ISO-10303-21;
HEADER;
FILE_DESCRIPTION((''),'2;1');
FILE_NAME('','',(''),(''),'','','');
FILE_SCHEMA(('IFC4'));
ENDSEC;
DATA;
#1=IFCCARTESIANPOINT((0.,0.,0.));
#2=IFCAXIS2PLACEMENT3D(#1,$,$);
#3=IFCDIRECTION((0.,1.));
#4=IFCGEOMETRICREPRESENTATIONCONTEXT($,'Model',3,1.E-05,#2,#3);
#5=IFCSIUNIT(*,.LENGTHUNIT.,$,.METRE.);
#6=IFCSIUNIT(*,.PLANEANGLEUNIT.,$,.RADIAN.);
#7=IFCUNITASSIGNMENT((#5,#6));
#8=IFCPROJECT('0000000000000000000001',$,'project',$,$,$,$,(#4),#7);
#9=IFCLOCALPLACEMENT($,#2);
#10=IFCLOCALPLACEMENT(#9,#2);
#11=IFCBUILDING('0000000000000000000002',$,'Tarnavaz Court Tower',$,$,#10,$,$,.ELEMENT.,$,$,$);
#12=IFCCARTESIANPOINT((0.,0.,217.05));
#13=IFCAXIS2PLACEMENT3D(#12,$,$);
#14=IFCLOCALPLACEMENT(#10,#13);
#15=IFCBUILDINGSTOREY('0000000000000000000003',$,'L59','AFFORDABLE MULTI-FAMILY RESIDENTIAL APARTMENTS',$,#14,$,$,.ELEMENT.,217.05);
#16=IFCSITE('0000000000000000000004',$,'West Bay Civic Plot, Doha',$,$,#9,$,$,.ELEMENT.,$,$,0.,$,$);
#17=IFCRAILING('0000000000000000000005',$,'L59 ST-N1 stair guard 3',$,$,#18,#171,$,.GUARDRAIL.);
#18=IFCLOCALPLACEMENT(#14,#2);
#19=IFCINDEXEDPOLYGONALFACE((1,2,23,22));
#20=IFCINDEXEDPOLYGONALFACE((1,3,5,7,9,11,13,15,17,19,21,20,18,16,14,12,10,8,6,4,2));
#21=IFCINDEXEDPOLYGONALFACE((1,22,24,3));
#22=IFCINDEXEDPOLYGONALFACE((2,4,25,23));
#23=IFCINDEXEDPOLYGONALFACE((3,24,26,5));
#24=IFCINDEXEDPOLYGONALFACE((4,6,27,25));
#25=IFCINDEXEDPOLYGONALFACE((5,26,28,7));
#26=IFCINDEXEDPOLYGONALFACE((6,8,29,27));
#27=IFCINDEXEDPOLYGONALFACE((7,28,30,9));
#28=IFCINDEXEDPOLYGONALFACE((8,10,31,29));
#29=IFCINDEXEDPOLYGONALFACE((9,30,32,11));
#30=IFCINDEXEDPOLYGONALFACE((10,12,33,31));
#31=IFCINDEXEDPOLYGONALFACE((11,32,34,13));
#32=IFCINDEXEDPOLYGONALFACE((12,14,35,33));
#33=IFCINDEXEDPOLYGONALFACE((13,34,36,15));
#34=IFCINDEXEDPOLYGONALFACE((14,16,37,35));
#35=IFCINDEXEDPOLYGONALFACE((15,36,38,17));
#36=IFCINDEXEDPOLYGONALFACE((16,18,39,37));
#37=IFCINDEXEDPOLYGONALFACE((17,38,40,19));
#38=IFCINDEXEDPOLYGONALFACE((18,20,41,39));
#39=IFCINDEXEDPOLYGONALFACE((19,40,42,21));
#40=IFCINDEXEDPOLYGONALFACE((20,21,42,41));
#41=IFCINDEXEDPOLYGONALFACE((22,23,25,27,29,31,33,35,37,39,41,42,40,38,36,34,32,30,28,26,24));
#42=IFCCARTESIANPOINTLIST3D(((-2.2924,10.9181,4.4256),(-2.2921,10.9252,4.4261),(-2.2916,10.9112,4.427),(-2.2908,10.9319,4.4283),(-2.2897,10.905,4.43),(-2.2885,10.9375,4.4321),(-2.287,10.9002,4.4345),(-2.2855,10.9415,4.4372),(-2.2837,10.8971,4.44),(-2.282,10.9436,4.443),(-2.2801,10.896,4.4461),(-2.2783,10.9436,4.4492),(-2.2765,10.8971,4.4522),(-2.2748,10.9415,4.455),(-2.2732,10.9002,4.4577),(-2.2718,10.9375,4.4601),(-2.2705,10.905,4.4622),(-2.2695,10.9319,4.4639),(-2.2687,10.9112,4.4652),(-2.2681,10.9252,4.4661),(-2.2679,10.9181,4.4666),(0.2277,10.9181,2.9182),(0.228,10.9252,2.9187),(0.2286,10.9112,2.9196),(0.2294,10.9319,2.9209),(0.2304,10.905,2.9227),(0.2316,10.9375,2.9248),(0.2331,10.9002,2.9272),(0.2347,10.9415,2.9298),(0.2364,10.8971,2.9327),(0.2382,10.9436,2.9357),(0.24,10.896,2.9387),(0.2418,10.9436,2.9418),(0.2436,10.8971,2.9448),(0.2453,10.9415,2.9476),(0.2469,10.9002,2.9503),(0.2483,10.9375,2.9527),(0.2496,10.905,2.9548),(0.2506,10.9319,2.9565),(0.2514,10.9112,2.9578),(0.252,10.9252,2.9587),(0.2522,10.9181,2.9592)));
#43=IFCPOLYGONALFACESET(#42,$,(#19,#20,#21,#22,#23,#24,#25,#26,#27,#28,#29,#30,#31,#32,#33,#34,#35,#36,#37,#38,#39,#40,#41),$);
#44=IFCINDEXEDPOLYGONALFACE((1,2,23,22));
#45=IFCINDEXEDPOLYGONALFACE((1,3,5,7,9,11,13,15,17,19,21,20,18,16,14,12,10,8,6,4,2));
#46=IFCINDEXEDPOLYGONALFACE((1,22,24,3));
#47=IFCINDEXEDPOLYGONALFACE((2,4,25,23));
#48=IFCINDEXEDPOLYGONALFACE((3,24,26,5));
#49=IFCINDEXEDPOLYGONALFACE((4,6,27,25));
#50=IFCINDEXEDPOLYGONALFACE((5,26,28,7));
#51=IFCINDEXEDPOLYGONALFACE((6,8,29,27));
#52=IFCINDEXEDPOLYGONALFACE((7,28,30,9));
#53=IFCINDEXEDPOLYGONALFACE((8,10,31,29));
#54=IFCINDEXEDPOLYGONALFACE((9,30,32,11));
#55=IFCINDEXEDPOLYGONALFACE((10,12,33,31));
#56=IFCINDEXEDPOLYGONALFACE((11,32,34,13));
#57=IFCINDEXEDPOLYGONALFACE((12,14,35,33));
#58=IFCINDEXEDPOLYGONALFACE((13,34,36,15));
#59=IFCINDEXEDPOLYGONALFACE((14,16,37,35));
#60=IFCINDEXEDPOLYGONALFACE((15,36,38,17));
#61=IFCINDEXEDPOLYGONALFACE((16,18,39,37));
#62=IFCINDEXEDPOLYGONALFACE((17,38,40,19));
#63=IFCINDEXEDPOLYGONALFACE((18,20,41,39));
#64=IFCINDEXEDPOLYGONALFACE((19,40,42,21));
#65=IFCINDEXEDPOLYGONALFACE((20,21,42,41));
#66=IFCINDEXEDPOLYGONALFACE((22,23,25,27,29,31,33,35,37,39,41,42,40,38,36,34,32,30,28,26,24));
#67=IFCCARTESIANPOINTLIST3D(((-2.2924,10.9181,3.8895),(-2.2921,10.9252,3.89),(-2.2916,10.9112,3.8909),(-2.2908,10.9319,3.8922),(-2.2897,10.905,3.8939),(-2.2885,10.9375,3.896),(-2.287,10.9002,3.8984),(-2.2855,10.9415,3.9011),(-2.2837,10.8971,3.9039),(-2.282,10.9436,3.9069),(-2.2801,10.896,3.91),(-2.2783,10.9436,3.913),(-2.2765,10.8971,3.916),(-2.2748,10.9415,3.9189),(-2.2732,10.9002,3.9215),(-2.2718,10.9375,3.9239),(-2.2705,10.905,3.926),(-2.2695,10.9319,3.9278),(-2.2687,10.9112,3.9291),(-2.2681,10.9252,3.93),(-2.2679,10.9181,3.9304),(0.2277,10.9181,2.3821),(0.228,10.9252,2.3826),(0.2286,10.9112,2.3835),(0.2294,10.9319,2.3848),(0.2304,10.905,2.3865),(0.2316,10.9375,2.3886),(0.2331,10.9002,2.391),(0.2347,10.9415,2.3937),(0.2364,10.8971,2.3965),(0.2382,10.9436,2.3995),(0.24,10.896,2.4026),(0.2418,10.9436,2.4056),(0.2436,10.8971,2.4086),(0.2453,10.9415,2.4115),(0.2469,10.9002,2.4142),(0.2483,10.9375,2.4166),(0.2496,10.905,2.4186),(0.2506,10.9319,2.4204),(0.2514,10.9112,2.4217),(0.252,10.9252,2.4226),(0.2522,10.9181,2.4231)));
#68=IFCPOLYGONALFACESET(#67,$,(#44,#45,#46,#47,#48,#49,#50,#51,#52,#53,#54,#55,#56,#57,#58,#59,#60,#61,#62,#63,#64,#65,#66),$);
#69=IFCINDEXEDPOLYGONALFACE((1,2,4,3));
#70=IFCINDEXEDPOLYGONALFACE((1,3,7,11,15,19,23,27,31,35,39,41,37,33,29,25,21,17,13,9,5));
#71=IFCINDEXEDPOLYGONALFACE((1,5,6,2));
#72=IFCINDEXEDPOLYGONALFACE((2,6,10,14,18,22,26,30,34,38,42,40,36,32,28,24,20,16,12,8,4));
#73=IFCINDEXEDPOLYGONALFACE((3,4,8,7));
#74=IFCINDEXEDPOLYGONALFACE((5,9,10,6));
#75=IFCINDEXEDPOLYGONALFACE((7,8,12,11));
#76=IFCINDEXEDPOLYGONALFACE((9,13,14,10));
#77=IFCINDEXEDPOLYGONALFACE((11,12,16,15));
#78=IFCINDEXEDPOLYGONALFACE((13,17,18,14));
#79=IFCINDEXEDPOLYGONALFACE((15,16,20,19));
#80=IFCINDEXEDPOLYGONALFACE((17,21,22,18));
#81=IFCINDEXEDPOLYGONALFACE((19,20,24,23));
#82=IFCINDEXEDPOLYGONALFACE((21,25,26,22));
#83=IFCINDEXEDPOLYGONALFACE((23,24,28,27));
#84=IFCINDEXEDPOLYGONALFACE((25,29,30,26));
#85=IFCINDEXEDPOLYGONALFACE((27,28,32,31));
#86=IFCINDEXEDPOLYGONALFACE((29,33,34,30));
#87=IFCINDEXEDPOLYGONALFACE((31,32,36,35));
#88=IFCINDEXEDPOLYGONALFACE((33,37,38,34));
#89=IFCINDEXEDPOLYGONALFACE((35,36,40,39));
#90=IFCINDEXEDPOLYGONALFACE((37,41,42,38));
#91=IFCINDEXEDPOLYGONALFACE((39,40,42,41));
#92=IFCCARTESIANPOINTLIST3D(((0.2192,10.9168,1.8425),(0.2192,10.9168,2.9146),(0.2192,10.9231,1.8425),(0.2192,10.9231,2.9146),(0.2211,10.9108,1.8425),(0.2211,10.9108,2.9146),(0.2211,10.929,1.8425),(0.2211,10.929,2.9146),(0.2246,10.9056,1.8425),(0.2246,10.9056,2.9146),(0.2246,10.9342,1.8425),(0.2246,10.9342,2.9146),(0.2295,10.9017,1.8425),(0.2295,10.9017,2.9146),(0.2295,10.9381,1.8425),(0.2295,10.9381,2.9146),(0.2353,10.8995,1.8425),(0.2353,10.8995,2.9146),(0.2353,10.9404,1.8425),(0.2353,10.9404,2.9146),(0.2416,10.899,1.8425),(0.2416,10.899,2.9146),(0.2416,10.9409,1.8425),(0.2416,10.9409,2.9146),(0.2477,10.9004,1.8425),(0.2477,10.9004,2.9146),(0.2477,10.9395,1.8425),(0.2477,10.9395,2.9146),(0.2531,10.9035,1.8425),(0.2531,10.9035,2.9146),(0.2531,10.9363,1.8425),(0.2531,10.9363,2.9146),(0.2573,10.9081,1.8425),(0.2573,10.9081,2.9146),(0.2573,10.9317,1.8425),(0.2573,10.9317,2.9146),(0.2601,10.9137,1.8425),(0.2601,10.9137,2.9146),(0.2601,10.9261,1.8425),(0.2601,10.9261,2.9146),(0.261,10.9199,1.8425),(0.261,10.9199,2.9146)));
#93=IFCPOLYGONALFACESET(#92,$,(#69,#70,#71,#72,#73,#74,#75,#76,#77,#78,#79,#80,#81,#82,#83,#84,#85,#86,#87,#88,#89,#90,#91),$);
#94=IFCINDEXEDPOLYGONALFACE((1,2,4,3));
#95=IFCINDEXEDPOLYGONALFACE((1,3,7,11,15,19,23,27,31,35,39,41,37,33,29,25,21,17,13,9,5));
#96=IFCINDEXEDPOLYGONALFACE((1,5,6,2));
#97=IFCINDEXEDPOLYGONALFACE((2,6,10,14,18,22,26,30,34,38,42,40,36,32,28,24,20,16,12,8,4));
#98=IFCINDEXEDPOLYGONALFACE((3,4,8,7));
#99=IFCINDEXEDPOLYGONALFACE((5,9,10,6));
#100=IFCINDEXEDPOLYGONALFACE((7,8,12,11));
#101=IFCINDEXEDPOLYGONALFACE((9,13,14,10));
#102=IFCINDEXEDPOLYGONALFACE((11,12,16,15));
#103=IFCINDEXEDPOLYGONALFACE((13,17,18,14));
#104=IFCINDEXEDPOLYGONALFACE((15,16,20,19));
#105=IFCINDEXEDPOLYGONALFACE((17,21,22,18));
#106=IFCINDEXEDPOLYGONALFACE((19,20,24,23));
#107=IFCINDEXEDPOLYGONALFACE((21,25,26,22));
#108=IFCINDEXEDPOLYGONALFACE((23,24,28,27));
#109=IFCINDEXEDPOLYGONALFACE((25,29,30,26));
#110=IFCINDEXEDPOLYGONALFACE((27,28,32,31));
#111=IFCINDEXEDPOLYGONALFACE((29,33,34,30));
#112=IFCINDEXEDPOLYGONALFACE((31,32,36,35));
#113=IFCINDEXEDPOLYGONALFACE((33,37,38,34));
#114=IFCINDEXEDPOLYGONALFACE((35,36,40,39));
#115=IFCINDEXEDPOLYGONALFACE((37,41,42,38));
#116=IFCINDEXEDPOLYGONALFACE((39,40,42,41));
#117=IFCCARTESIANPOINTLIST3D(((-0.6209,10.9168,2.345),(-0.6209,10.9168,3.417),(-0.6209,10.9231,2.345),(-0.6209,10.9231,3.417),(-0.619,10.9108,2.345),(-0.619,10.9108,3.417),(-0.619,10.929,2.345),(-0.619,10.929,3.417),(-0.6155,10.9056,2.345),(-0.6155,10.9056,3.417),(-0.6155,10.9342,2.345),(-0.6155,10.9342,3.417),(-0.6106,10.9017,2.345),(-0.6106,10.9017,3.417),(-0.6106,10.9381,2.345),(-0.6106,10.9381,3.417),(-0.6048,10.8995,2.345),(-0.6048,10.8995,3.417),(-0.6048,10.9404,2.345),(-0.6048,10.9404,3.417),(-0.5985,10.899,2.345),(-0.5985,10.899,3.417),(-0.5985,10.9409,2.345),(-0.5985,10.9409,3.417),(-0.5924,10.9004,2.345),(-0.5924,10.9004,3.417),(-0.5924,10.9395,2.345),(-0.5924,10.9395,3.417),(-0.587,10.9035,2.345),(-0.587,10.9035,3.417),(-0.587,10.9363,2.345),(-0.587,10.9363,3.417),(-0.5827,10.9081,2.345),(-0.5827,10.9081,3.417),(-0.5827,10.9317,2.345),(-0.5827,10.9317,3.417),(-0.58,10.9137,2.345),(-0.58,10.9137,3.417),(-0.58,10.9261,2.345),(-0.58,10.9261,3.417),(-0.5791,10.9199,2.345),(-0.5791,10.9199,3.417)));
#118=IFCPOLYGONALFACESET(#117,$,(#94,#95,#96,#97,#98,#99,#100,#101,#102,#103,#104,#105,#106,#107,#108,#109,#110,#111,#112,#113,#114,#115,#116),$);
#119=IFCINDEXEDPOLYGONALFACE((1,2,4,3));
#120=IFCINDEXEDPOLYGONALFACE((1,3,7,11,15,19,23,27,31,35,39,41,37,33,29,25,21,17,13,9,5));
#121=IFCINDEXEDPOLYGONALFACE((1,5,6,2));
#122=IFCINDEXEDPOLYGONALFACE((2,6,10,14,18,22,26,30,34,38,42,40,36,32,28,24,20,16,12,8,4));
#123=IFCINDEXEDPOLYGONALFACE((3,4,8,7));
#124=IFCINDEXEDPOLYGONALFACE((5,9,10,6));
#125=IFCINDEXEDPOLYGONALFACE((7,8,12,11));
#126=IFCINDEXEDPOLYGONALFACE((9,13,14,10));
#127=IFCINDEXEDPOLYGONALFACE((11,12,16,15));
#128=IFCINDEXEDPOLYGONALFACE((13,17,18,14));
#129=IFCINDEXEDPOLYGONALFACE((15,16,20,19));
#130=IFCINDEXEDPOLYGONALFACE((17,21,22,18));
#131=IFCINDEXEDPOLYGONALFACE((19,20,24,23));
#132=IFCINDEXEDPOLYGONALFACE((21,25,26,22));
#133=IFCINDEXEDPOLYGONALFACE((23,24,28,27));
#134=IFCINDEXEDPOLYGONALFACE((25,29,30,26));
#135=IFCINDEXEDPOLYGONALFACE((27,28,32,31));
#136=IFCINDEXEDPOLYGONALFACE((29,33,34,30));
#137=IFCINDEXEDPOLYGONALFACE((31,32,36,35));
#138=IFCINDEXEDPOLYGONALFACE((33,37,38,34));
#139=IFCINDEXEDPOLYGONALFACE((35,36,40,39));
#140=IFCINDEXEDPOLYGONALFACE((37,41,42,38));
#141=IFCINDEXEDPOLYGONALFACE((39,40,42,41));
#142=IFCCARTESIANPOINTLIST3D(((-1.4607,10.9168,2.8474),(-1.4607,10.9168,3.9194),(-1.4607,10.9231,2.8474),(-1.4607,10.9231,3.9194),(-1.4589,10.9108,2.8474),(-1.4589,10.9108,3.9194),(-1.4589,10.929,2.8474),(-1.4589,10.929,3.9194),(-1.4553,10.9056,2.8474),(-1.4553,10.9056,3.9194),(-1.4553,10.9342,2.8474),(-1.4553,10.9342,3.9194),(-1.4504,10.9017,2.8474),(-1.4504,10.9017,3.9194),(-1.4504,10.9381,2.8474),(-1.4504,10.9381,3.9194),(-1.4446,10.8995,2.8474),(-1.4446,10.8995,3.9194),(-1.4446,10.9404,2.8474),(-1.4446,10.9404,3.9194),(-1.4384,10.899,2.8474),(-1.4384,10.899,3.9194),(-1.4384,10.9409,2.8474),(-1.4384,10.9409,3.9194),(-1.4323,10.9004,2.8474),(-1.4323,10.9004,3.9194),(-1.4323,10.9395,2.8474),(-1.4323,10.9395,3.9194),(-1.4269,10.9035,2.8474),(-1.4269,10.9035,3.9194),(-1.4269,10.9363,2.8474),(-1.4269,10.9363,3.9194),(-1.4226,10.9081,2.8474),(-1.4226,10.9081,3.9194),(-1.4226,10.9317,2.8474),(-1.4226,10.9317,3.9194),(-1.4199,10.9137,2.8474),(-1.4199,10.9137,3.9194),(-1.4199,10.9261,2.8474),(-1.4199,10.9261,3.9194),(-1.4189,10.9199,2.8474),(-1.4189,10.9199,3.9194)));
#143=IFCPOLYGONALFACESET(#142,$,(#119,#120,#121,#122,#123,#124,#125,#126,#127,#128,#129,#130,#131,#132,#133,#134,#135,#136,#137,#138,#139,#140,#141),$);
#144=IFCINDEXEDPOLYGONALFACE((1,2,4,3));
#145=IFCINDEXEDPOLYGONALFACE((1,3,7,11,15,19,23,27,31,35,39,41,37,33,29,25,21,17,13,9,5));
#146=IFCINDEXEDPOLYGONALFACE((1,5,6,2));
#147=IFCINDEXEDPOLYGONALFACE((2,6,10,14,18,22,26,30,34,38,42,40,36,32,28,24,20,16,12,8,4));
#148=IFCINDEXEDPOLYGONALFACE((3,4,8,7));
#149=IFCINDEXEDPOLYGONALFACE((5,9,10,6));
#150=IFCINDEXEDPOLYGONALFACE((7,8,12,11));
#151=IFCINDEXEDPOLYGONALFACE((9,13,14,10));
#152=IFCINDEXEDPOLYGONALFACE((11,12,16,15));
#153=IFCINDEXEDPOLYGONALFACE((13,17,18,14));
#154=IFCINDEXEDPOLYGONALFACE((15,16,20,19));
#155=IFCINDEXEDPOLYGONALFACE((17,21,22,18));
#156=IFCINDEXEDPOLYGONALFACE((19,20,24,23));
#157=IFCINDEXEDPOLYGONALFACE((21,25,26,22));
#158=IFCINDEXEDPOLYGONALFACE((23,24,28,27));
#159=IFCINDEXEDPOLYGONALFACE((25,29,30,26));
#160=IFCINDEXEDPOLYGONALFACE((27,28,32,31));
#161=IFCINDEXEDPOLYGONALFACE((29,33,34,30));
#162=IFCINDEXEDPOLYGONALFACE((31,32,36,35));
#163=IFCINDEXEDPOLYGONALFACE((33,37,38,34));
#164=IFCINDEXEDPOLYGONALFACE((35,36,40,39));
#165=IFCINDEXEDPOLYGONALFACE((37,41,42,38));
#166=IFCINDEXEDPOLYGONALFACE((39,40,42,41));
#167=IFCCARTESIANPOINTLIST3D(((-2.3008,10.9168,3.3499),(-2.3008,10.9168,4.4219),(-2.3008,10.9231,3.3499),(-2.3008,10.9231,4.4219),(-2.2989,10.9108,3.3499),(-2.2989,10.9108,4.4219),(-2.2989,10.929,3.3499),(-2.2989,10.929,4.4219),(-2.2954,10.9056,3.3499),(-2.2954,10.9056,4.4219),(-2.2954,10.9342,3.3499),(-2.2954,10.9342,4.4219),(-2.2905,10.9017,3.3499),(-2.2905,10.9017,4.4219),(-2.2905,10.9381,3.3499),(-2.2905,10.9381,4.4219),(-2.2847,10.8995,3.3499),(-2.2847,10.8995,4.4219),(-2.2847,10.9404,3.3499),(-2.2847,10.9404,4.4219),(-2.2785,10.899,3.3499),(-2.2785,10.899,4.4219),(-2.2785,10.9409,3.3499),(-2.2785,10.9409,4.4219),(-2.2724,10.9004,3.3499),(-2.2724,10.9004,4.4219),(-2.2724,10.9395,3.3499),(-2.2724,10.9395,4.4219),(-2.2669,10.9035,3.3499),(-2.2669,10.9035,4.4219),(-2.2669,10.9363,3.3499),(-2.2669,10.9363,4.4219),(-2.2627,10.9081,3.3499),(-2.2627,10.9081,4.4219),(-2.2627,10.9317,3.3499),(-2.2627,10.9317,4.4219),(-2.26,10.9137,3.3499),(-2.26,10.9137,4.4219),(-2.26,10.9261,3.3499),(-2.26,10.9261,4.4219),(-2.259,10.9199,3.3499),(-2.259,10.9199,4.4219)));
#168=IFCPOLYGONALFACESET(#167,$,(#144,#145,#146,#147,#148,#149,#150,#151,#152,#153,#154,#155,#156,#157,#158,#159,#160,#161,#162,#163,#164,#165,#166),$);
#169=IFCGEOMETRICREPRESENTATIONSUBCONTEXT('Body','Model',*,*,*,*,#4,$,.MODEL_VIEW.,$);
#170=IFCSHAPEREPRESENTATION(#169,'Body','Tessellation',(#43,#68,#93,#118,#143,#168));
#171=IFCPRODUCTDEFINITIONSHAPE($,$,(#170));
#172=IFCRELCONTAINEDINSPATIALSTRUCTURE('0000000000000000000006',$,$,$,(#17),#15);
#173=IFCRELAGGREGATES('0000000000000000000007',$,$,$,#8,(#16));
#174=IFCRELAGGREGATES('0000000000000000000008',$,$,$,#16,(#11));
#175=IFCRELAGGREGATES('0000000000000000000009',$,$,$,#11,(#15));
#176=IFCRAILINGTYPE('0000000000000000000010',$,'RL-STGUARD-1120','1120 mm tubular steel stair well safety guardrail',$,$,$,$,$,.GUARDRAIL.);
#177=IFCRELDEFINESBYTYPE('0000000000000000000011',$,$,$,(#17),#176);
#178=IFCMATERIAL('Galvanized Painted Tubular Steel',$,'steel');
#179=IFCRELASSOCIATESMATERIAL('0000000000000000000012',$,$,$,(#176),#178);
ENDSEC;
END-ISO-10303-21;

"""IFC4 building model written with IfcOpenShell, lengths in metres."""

from ifc_helpers import new_model, si_unit, direction, frame, origin, origin_2d, place, context, subcontext, project, spatial, circle, extrude, material, type_object, element, save


model = new_model("IFC4")

# Units and contexts
model_context = context("Model", 3, precision=1e-05, world=origin(), true_north=direction((0.0, 1.0)))
body_context = subcontext(model_context, "Body", "Model", "MODEL_VIEW")
ifc_project = project(units=[si_unit("LENGTHUNIT", "METRE"), si_unit("PLANEANGLEUNIT", "RADIAN")], contexts=[model_context])

# Site, building, storey
site_placement = place(None, origin())
site = spatial("IfcSite", under=ifc_project, at=site_placement, Name="West Bay Civic Plot, Doha", CompositionType="ELEMENT", RefElevation=0.0)
building_placement = place(site_placement, origin())
building = spatial("IfcBuilding", under=site, at=building_placement, Name="Tarnavaz Court Tower", CompositionType="ELEMENT")
storey_placement = place(building_placement, frame((0.0, 0.0, 217.05)))
storey = spatial("IfcBuildingStorey", under=building, at=storey_placement, Name="L59", Description="AFFORDABLE MULTI-FAMILY RESIDENTIAL APARTMENTS", CompositionType="ELEMENT", Elevation=217.05)

# Railing
ifc_material_1 = material(Name="Galvanized Painted Tubular Steel", Category="steel")
railing_type_1 = type_object("IfcRailingType", Name="RL-STGUARD-1120", Description="1120 mm tubular steel stair well safety guardrail", PredefinedType="GUARDRAIL", material=ifc_material_1)
railing_1_placement = place(storey_placement, frame((0.24, 10.9199, 1.8425)))
element("IfcRailing", 1, at=railing_1_placement, inside=storey, type_object=railing_type_1, Name="L59 ST-N1 stair guard 3", PredefinedType="GUARDRAIL", context=body_context, shape_type="SweptSolid", body=[
    extrude(circle(Radius=0.0239, at=origin_2d()), frame((0.0, 0.0, 1.0962), z_axis=(-0.858196, 0.0, 0.513321), x_axis=(0.0, -1.0, 0.0)), (0.0, 0.0, 1.0), 2.9365),
    extrude(circle(Radius=0.0239, at=origin_2d()), frame((0.0, 0.0, 0.5601), z_axis=(-0.858196, 0.0, 0.513321), x_axis=(0.0, -1.0, 0.0)), (0.0, 0.0, 1.0), 2.9365),
    extrude(circle(Radius=0.021, at=origin_2d()), origin(), (0.0, 0.0, 1.0), 1.072),
    extrude(circle(Radius=0.021, at=origin_2d()), frame((-0.8401, 0.0, 0.5024)), (0.0, 0.0, 1.0), 1.072),
    extrude(circle(Radius=0.021, at=origin_2d()), frame((-1.6799, 0.0, 1.0049)), (0.0, 0.0, 1.0), 1.072),
    extrude(circle(Radius=0.021, at=origin_2d()), frame((-2.52, 0.0, 1.5073)), (0.0, 0.0, 1.0), 1.072),
])

save(model, "model.ifc")
